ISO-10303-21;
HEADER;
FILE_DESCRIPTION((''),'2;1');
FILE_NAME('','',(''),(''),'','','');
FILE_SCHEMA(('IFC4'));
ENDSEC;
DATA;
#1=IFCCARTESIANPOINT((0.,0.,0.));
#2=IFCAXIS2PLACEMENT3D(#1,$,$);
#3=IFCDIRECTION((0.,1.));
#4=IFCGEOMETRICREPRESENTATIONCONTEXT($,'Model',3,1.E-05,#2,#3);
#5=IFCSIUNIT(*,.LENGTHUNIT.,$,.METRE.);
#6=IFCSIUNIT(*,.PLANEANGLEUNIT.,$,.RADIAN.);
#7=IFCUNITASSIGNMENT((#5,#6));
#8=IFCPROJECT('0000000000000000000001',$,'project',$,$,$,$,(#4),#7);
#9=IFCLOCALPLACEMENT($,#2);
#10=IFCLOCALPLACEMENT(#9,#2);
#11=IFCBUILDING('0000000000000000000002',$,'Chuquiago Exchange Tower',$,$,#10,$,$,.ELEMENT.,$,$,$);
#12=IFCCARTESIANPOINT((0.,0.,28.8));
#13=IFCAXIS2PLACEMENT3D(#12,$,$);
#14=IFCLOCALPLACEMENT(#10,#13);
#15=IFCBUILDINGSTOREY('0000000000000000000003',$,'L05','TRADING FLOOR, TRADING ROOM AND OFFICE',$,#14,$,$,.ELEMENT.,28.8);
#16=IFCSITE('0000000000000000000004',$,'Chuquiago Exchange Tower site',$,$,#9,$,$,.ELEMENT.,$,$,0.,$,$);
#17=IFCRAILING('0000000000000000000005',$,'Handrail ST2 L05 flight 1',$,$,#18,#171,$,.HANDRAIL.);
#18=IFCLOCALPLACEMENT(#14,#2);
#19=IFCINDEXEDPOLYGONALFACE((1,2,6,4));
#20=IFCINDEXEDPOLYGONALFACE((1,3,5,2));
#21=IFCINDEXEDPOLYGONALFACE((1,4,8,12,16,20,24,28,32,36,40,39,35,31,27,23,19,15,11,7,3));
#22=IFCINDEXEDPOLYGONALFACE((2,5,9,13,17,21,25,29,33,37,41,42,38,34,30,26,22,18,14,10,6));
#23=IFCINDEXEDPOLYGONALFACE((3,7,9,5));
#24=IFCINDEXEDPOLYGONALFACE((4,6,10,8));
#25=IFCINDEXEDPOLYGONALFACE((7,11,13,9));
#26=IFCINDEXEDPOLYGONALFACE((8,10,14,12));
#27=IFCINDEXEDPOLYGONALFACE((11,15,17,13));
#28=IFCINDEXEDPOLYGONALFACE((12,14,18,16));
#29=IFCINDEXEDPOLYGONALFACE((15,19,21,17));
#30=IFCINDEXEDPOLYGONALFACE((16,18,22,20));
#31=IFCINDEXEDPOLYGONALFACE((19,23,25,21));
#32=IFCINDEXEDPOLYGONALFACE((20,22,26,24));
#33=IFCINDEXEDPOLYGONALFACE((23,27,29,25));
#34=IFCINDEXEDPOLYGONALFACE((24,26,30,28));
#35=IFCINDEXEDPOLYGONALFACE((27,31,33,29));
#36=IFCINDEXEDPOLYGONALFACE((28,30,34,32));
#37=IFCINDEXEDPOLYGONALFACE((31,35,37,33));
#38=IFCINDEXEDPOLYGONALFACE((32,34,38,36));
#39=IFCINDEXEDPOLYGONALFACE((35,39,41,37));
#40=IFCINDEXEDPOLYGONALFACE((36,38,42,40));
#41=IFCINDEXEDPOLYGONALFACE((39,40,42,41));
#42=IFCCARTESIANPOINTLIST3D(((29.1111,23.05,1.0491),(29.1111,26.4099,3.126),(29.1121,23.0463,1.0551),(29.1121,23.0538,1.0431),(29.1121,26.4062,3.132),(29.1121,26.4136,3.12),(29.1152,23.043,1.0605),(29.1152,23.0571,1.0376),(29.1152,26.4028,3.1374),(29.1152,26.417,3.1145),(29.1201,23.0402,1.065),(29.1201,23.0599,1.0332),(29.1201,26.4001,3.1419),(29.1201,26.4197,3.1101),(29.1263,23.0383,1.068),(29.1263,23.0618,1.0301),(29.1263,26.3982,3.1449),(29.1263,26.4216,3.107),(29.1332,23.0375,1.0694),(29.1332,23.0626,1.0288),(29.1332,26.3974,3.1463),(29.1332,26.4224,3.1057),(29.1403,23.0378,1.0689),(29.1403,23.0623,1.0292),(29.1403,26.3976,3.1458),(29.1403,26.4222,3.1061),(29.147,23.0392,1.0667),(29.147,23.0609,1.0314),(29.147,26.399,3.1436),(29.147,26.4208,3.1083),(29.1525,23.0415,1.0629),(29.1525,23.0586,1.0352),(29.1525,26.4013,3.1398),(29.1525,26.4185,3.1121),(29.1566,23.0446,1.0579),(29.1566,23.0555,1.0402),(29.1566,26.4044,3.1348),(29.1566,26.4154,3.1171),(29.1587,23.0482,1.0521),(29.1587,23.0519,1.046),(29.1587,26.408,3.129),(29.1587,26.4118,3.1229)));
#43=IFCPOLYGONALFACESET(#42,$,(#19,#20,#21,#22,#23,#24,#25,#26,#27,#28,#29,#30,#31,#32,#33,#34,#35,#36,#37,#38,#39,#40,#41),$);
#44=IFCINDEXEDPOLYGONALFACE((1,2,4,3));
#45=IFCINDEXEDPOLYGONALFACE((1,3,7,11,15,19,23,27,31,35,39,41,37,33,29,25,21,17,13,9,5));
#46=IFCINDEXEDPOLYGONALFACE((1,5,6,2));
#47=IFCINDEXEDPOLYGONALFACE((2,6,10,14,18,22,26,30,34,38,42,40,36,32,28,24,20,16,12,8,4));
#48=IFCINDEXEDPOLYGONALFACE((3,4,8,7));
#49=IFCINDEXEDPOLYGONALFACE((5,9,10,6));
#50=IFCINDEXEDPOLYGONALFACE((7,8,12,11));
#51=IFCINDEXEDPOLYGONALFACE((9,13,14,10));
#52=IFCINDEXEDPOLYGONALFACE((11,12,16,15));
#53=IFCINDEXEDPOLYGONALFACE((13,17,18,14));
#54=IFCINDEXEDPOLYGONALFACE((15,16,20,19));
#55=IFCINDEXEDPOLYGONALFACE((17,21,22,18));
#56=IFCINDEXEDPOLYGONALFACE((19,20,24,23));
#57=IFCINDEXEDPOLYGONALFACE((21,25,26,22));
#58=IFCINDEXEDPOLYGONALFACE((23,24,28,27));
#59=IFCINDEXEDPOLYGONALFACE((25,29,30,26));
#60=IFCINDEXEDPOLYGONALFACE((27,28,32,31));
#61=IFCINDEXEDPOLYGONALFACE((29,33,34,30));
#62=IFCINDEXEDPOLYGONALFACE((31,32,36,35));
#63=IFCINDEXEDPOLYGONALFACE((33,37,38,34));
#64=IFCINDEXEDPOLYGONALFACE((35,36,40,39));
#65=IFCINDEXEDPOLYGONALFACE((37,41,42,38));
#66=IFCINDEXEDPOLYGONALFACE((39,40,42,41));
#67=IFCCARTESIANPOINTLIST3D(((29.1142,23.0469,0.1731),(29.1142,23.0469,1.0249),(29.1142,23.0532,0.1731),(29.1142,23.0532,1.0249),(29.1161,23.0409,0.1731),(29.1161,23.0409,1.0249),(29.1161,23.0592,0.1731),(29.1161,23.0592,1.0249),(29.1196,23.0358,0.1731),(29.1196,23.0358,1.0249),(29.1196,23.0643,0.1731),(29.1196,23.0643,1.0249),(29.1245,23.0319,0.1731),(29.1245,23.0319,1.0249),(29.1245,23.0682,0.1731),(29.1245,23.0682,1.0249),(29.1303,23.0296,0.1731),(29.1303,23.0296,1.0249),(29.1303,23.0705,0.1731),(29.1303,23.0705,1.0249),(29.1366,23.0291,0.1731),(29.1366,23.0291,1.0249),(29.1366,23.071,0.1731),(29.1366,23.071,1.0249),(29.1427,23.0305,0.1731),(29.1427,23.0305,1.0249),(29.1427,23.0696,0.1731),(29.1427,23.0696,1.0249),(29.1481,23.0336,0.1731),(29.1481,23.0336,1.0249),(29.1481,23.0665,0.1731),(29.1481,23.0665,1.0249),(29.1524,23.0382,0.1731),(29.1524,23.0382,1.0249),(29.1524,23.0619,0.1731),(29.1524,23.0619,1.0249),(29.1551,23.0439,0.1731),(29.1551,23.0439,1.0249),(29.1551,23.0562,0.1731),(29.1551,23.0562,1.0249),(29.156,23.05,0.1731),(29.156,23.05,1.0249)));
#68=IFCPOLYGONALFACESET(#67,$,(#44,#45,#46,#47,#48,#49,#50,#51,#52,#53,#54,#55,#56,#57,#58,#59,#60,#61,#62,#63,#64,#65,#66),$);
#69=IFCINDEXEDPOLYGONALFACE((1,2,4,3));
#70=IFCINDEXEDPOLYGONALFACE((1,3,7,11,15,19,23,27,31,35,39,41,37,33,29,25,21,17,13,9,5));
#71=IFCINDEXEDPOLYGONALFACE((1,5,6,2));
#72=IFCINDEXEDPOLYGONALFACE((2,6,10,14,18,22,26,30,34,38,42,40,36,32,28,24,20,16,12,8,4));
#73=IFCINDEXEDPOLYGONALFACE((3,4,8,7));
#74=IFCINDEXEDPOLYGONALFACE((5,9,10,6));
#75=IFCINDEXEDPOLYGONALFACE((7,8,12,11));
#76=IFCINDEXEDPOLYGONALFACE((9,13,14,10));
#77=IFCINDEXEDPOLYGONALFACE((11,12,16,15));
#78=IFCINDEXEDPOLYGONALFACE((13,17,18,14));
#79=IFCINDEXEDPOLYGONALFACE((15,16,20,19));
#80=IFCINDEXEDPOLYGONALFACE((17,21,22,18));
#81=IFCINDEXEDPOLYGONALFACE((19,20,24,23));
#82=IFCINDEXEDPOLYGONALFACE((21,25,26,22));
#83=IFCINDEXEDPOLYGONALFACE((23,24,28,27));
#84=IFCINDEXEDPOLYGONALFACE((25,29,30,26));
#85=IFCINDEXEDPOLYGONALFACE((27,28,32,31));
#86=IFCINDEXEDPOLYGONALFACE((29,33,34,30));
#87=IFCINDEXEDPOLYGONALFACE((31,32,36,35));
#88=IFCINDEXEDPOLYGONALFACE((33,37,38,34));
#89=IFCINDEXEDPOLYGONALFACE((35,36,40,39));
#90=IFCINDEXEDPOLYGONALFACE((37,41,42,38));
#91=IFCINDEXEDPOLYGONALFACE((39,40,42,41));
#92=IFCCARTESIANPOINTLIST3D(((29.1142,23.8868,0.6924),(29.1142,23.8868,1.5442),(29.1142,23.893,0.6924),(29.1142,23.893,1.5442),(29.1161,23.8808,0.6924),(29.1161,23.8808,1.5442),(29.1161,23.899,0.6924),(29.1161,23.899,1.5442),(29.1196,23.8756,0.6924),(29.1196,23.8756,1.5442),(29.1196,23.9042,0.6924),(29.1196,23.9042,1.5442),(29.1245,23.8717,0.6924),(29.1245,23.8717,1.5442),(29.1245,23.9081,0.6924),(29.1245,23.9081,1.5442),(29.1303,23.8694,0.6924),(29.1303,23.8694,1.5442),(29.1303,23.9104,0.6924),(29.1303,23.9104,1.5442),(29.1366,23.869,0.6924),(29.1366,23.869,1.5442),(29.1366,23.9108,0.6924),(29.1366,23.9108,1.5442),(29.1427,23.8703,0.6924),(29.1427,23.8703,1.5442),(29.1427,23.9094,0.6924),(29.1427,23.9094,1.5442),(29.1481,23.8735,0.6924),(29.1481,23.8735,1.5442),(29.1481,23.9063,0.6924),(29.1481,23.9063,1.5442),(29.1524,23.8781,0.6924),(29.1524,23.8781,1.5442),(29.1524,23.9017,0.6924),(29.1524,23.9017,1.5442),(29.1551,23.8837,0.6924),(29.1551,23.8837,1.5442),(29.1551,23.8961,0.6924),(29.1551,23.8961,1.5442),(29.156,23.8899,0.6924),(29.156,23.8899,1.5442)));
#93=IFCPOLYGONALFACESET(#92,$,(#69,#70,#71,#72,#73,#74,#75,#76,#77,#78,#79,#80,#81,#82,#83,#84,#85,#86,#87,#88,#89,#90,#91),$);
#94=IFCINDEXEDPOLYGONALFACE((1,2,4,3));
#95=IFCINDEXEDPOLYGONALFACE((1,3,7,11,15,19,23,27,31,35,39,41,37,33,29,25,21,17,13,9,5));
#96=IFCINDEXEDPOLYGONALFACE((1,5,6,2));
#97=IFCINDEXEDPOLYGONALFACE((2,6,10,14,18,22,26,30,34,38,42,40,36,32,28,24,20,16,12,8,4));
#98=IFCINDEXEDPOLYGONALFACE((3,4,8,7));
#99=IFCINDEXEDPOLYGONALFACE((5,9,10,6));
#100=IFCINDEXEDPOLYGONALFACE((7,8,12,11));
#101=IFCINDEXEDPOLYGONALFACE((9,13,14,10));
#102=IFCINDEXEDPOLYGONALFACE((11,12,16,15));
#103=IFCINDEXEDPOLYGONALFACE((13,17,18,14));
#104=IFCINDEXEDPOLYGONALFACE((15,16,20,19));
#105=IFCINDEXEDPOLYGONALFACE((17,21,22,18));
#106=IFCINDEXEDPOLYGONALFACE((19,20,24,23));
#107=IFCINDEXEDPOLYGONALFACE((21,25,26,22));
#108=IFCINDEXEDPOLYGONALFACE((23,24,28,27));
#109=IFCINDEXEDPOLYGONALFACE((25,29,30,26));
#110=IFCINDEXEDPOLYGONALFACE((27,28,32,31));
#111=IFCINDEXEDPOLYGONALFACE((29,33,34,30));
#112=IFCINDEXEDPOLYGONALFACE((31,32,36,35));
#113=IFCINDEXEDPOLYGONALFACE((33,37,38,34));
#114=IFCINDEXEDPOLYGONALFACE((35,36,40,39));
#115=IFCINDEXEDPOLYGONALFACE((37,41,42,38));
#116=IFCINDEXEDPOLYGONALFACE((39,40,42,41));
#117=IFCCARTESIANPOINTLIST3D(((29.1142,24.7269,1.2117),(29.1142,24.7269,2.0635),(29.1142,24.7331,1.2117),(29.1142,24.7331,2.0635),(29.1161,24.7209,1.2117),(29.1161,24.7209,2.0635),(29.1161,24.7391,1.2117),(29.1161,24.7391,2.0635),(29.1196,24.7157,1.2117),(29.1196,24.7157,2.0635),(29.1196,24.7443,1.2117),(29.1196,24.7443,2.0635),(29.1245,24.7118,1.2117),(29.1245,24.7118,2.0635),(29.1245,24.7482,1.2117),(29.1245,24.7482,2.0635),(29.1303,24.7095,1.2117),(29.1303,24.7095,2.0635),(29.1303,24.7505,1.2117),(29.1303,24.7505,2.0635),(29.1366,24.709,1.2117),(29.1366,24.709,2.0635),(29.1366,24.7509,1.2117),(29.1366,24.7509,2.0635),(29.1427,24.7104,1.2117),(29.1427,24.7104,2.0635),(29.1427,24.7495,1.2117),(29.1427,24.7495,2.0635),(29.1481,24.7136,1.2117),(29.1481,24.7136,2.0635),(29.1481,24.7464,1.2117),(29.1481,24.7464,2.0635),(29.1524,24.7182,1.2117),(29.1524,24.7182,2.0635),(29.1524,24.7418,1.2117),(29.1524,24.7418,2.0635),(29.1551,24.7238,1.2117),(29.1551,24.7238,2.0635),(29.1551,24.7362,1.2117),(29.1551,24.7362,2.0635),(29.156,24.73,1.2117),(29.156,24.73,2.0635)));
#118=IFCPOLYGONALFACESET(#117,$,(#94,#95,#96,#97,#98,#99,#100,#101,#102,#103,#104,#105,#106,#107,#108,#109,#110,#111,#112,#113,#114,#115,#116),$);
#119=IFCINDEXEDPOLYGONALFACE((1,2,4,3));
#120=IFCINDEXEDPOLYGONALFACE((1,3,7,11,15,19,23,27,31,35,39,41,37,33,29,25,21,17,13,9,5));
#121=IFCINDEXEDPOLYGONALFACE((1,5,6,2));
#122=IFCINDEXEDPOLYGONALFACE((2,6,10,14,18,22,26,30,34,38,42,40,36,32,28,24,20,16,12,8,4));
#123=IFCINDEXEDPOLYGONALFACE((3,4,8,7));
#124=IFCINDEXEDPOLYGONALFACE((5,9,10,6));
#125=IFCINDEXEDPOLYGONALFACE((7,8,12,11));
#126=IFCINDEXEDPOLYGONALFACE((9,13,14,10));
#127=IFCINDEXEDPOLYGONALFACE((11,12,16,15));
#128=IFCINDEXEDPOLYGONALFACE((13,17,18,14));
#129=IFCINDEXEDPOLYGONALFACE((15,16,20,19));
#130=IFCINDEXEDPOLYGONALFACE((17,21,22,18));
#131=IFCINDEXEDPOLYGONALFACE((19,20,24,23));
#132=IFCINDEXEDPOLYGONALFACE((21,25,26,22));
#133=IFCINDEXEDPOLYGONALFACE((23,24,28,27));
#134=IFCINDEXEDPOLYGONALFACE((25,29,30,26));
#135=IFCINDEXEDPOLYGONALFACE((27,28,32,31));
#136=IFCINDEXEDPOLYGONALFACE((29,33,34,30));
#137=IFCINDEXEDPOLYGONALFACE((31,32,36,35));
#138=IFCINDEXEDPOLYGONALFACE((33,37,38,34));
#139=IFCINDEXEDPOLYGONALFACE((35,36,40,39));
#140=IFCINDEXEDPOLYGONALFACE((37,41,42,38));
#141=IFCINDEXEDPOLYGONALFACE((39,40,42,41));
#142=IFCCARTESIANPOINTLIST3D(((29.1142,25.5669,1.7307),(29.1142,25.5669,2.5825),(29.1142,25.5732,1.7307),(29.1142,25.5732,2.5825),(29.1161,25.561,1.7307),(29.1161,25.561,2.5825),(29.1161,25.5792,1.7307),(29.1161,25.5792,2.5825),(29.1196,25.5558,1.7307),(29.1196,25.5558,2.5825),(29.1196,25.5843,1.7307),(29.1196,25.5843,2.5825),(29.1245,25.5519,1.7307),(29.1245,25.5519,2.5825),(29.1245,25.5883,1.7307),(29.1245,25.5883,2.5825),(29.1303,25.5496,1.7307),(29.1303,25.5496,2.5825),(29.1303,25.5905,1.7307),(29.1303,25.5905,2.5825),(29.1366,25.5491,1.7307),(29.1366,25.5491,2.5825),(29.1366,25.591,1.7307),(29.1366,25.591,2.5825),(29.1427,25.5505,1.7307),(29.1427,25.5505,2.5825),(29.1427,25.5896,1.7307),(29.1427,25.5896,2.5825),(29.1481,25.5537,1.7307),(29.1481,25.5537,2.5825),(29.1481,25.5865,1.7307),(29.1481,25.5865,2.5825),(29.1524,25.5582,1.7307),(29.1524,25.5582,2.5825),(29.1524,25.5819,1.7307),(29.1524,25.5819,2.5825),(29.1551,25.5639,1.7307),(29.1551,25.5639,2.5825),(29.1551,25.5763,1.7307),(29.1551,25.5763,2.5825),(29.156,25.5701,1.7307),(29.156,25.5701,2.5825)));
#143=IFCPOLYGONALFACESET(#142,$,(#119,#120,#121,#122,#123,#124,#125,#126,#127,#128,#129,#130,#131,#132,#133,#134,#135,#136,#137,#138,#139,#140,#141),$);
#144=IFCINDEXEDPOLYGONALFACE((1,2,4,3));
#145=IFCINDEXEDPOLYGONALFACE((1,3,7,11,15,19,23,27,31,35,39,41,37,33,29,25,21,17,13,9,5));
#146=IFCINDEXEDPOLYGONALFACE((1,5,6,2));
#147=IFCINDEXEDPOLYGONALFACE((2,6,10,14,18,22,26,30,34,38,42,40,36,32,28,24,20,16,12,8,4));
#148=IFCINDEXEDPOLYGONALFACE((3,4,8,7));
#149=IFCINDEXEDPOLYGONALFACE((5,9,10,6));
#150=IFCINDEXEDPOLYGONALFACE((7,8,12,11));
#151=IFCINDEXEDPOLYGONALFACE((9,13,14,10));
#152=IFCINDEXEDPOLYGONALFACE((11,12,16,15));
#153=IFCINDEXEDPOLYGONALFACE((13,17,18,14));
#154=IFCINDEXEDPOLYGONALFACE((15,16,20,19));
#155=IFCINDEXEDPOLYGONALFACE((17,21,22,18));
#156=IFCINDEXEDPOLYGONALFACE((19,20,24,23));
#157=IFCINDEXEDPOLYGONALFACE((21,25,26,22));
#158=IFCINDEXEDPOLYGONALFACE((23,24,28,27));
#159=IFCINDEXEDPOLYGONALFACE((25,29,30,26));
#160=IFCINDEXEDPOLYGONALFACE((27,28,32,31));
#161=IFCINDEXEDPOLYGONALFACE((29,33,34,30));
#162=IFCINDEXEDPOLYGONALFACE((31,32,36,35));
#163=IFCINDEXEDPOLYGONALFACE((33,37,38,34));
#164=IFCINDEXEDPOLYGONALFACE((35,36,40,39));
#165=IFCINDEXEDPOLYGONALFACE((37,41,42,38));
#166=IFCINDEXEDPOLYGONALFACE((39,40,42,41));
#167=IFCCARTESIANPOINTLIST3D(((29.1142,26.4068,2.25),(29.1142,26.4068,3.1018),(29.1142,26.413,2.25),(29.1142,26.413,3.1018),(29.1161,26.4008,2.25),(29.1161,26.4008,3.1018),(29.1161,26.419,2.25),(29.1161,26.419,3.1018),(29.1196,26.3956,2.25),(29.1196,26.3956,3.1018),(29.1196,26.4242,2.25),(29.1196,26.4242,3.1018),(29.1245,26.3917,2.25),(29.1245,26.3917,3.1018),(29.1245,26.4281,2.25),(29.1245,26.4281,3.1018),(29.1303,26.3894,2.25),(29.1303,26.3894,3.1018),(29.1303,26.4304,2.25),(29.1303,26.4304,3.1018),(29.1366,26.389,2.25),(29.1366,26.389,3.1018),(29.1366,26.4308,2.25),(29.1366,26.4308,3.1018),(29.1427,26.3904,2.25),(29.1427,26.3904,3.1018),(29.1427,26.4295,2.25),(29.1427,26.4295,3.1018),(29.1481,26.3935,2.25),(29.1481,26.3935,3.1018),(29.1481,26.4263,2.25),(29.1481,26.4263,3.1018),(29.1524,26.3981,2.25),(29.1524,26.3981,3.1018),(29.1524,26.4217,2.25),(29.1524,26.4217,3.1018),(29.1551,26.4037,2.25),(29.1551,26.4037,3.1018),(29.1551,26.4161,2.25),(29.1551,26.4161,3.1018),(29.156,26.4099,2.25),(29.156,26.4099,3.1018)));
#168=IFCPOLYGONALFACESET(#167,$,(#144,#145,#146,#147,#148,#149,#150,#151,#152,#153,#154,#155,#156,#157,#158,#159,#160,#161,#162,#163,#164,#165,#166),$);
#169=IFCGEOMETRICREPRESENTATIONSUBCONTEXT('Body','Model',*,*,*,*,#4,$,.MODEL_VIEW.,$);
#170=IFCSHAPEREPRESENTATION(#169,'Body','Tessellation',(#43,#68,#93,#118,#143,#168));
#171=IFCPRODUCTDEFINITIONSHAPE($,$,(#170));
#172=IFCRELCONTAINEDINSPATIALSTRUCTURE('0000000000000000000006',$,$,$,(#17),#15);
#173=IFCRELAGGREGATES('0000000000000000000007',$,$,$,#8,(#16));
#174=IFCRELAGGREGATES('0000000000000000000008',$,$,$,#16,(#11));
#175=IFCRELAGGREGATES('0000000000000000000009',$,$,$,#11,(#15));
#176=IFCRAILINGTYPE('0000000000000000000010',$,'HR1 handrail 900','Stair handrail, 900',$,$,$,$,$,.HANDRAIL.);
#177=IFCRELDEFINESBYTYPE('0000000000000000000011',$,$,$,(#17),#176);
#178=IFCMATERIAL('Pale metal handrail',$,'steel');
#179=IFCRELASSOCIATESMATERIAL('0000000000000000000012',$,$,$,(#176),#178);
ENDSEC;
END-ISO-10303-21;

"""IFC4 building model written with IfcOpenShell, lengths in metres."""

from ifc_helpers import new_model, si_unit, direction, frame, origin, origin_2d, place, context, subcontext, project, spatial, circle, extrude, material, type_object, element, save


model = new_model("IFC4")

# Units and contexts
model_context = context("Model", 3, precision=1e-05, world=origin(), true_north=direction((0.0, 1.0)))
body_context = subcontext(model_context, "Body", "Model", "MODEL_VIEW")
ifc_project = project(units=[si_unit("LENGTHUNIT", "METRE"), si_unit("PLANEANGLEUNIT", "RADIAN")], contexts=[model_context])

# Site, building, storey
site_placement = place(None, origin())
site = spatial("IfcSite", under=ifc_project, at=site_placement, Name="Chuquiago Exchange Tower site", CompositionType="ELEMENT", RefElevation=0.0)
building_placement = place(site_placement, origin())
building = spatial("IfcBuilding", under=site, at=building_placement, Name="Chuquiago Exchange Tower", CompositionType="ELEMENT")
storey_placement = place(building_placement, frame((0.0, 0.0, 28.8)))
storey = spatial("IfcBuildingStorey", under=building, at=storey_placement, Name="L05", Description="TRADING FLOOR, TRADING ROOM AND OFFICE", CompositionType="ELEMENT", Elevation=28.8)

# Railing
ifc_material_1 = material(Name="Pale metal handrail", Category="steel")
railing_type_1 = type_object("IfcRailingType", Name="HR1 handrail 900", Description="Stair handrail, 900", PredefinedType="HANDRAIL", material=ifc_material_1)
for number, where, name in (
    (1, (29.135, 23.05, 0.1731), "Handrail ST2 L05 flight 1"),
):
    element("IfcRailing", number, at=place(storey_placement, frame(where)), inside=storey, type_object=railing_type_1, Name=name, PredefinedType="HANDRAIL", context=body_context, shape_type="SweptSolid", body=[
        extrude(circle(Radius=0.0239, at=origin_2d()), frame((0.0, 0.0, 0.876), z_axis=(0.0, 0.850606, 0.525803), x_axis=(-1.0, 0.0, 0.0)), (0.0, 0.0, 1.0), 3.95),
        extrude(circle(Radius=0.021, at=origin_2d()), origin(), (0.0, 0.0, 1.0), 0.8518),
        extrude(circle(Radius=0.021, at=origin_2d()), frame((0.0, 0.8398, 0.5193)), (0.0, 0.0, 1.0), 0.8518),
        extrude(circle(Radius=0.021, at=origin_2d()), frame((0.0, 1.6799, 1.0386)), (0.0, 0.0, 1.0), 0.8518),
        extrude(circle(Radius=0.021, at=origin_2d()), frame((0.0, 2.52, 1.5576)), (0.0, 0.0, 1.0), 0.8518),
        extrude(circle(Radius=0.021, at=origin_2d()), frame((0.0, 3.3599, 2.0769)), (0.0, 0.0, 1.0), 0.8518),
    ])

save(model, "model.ifc")
